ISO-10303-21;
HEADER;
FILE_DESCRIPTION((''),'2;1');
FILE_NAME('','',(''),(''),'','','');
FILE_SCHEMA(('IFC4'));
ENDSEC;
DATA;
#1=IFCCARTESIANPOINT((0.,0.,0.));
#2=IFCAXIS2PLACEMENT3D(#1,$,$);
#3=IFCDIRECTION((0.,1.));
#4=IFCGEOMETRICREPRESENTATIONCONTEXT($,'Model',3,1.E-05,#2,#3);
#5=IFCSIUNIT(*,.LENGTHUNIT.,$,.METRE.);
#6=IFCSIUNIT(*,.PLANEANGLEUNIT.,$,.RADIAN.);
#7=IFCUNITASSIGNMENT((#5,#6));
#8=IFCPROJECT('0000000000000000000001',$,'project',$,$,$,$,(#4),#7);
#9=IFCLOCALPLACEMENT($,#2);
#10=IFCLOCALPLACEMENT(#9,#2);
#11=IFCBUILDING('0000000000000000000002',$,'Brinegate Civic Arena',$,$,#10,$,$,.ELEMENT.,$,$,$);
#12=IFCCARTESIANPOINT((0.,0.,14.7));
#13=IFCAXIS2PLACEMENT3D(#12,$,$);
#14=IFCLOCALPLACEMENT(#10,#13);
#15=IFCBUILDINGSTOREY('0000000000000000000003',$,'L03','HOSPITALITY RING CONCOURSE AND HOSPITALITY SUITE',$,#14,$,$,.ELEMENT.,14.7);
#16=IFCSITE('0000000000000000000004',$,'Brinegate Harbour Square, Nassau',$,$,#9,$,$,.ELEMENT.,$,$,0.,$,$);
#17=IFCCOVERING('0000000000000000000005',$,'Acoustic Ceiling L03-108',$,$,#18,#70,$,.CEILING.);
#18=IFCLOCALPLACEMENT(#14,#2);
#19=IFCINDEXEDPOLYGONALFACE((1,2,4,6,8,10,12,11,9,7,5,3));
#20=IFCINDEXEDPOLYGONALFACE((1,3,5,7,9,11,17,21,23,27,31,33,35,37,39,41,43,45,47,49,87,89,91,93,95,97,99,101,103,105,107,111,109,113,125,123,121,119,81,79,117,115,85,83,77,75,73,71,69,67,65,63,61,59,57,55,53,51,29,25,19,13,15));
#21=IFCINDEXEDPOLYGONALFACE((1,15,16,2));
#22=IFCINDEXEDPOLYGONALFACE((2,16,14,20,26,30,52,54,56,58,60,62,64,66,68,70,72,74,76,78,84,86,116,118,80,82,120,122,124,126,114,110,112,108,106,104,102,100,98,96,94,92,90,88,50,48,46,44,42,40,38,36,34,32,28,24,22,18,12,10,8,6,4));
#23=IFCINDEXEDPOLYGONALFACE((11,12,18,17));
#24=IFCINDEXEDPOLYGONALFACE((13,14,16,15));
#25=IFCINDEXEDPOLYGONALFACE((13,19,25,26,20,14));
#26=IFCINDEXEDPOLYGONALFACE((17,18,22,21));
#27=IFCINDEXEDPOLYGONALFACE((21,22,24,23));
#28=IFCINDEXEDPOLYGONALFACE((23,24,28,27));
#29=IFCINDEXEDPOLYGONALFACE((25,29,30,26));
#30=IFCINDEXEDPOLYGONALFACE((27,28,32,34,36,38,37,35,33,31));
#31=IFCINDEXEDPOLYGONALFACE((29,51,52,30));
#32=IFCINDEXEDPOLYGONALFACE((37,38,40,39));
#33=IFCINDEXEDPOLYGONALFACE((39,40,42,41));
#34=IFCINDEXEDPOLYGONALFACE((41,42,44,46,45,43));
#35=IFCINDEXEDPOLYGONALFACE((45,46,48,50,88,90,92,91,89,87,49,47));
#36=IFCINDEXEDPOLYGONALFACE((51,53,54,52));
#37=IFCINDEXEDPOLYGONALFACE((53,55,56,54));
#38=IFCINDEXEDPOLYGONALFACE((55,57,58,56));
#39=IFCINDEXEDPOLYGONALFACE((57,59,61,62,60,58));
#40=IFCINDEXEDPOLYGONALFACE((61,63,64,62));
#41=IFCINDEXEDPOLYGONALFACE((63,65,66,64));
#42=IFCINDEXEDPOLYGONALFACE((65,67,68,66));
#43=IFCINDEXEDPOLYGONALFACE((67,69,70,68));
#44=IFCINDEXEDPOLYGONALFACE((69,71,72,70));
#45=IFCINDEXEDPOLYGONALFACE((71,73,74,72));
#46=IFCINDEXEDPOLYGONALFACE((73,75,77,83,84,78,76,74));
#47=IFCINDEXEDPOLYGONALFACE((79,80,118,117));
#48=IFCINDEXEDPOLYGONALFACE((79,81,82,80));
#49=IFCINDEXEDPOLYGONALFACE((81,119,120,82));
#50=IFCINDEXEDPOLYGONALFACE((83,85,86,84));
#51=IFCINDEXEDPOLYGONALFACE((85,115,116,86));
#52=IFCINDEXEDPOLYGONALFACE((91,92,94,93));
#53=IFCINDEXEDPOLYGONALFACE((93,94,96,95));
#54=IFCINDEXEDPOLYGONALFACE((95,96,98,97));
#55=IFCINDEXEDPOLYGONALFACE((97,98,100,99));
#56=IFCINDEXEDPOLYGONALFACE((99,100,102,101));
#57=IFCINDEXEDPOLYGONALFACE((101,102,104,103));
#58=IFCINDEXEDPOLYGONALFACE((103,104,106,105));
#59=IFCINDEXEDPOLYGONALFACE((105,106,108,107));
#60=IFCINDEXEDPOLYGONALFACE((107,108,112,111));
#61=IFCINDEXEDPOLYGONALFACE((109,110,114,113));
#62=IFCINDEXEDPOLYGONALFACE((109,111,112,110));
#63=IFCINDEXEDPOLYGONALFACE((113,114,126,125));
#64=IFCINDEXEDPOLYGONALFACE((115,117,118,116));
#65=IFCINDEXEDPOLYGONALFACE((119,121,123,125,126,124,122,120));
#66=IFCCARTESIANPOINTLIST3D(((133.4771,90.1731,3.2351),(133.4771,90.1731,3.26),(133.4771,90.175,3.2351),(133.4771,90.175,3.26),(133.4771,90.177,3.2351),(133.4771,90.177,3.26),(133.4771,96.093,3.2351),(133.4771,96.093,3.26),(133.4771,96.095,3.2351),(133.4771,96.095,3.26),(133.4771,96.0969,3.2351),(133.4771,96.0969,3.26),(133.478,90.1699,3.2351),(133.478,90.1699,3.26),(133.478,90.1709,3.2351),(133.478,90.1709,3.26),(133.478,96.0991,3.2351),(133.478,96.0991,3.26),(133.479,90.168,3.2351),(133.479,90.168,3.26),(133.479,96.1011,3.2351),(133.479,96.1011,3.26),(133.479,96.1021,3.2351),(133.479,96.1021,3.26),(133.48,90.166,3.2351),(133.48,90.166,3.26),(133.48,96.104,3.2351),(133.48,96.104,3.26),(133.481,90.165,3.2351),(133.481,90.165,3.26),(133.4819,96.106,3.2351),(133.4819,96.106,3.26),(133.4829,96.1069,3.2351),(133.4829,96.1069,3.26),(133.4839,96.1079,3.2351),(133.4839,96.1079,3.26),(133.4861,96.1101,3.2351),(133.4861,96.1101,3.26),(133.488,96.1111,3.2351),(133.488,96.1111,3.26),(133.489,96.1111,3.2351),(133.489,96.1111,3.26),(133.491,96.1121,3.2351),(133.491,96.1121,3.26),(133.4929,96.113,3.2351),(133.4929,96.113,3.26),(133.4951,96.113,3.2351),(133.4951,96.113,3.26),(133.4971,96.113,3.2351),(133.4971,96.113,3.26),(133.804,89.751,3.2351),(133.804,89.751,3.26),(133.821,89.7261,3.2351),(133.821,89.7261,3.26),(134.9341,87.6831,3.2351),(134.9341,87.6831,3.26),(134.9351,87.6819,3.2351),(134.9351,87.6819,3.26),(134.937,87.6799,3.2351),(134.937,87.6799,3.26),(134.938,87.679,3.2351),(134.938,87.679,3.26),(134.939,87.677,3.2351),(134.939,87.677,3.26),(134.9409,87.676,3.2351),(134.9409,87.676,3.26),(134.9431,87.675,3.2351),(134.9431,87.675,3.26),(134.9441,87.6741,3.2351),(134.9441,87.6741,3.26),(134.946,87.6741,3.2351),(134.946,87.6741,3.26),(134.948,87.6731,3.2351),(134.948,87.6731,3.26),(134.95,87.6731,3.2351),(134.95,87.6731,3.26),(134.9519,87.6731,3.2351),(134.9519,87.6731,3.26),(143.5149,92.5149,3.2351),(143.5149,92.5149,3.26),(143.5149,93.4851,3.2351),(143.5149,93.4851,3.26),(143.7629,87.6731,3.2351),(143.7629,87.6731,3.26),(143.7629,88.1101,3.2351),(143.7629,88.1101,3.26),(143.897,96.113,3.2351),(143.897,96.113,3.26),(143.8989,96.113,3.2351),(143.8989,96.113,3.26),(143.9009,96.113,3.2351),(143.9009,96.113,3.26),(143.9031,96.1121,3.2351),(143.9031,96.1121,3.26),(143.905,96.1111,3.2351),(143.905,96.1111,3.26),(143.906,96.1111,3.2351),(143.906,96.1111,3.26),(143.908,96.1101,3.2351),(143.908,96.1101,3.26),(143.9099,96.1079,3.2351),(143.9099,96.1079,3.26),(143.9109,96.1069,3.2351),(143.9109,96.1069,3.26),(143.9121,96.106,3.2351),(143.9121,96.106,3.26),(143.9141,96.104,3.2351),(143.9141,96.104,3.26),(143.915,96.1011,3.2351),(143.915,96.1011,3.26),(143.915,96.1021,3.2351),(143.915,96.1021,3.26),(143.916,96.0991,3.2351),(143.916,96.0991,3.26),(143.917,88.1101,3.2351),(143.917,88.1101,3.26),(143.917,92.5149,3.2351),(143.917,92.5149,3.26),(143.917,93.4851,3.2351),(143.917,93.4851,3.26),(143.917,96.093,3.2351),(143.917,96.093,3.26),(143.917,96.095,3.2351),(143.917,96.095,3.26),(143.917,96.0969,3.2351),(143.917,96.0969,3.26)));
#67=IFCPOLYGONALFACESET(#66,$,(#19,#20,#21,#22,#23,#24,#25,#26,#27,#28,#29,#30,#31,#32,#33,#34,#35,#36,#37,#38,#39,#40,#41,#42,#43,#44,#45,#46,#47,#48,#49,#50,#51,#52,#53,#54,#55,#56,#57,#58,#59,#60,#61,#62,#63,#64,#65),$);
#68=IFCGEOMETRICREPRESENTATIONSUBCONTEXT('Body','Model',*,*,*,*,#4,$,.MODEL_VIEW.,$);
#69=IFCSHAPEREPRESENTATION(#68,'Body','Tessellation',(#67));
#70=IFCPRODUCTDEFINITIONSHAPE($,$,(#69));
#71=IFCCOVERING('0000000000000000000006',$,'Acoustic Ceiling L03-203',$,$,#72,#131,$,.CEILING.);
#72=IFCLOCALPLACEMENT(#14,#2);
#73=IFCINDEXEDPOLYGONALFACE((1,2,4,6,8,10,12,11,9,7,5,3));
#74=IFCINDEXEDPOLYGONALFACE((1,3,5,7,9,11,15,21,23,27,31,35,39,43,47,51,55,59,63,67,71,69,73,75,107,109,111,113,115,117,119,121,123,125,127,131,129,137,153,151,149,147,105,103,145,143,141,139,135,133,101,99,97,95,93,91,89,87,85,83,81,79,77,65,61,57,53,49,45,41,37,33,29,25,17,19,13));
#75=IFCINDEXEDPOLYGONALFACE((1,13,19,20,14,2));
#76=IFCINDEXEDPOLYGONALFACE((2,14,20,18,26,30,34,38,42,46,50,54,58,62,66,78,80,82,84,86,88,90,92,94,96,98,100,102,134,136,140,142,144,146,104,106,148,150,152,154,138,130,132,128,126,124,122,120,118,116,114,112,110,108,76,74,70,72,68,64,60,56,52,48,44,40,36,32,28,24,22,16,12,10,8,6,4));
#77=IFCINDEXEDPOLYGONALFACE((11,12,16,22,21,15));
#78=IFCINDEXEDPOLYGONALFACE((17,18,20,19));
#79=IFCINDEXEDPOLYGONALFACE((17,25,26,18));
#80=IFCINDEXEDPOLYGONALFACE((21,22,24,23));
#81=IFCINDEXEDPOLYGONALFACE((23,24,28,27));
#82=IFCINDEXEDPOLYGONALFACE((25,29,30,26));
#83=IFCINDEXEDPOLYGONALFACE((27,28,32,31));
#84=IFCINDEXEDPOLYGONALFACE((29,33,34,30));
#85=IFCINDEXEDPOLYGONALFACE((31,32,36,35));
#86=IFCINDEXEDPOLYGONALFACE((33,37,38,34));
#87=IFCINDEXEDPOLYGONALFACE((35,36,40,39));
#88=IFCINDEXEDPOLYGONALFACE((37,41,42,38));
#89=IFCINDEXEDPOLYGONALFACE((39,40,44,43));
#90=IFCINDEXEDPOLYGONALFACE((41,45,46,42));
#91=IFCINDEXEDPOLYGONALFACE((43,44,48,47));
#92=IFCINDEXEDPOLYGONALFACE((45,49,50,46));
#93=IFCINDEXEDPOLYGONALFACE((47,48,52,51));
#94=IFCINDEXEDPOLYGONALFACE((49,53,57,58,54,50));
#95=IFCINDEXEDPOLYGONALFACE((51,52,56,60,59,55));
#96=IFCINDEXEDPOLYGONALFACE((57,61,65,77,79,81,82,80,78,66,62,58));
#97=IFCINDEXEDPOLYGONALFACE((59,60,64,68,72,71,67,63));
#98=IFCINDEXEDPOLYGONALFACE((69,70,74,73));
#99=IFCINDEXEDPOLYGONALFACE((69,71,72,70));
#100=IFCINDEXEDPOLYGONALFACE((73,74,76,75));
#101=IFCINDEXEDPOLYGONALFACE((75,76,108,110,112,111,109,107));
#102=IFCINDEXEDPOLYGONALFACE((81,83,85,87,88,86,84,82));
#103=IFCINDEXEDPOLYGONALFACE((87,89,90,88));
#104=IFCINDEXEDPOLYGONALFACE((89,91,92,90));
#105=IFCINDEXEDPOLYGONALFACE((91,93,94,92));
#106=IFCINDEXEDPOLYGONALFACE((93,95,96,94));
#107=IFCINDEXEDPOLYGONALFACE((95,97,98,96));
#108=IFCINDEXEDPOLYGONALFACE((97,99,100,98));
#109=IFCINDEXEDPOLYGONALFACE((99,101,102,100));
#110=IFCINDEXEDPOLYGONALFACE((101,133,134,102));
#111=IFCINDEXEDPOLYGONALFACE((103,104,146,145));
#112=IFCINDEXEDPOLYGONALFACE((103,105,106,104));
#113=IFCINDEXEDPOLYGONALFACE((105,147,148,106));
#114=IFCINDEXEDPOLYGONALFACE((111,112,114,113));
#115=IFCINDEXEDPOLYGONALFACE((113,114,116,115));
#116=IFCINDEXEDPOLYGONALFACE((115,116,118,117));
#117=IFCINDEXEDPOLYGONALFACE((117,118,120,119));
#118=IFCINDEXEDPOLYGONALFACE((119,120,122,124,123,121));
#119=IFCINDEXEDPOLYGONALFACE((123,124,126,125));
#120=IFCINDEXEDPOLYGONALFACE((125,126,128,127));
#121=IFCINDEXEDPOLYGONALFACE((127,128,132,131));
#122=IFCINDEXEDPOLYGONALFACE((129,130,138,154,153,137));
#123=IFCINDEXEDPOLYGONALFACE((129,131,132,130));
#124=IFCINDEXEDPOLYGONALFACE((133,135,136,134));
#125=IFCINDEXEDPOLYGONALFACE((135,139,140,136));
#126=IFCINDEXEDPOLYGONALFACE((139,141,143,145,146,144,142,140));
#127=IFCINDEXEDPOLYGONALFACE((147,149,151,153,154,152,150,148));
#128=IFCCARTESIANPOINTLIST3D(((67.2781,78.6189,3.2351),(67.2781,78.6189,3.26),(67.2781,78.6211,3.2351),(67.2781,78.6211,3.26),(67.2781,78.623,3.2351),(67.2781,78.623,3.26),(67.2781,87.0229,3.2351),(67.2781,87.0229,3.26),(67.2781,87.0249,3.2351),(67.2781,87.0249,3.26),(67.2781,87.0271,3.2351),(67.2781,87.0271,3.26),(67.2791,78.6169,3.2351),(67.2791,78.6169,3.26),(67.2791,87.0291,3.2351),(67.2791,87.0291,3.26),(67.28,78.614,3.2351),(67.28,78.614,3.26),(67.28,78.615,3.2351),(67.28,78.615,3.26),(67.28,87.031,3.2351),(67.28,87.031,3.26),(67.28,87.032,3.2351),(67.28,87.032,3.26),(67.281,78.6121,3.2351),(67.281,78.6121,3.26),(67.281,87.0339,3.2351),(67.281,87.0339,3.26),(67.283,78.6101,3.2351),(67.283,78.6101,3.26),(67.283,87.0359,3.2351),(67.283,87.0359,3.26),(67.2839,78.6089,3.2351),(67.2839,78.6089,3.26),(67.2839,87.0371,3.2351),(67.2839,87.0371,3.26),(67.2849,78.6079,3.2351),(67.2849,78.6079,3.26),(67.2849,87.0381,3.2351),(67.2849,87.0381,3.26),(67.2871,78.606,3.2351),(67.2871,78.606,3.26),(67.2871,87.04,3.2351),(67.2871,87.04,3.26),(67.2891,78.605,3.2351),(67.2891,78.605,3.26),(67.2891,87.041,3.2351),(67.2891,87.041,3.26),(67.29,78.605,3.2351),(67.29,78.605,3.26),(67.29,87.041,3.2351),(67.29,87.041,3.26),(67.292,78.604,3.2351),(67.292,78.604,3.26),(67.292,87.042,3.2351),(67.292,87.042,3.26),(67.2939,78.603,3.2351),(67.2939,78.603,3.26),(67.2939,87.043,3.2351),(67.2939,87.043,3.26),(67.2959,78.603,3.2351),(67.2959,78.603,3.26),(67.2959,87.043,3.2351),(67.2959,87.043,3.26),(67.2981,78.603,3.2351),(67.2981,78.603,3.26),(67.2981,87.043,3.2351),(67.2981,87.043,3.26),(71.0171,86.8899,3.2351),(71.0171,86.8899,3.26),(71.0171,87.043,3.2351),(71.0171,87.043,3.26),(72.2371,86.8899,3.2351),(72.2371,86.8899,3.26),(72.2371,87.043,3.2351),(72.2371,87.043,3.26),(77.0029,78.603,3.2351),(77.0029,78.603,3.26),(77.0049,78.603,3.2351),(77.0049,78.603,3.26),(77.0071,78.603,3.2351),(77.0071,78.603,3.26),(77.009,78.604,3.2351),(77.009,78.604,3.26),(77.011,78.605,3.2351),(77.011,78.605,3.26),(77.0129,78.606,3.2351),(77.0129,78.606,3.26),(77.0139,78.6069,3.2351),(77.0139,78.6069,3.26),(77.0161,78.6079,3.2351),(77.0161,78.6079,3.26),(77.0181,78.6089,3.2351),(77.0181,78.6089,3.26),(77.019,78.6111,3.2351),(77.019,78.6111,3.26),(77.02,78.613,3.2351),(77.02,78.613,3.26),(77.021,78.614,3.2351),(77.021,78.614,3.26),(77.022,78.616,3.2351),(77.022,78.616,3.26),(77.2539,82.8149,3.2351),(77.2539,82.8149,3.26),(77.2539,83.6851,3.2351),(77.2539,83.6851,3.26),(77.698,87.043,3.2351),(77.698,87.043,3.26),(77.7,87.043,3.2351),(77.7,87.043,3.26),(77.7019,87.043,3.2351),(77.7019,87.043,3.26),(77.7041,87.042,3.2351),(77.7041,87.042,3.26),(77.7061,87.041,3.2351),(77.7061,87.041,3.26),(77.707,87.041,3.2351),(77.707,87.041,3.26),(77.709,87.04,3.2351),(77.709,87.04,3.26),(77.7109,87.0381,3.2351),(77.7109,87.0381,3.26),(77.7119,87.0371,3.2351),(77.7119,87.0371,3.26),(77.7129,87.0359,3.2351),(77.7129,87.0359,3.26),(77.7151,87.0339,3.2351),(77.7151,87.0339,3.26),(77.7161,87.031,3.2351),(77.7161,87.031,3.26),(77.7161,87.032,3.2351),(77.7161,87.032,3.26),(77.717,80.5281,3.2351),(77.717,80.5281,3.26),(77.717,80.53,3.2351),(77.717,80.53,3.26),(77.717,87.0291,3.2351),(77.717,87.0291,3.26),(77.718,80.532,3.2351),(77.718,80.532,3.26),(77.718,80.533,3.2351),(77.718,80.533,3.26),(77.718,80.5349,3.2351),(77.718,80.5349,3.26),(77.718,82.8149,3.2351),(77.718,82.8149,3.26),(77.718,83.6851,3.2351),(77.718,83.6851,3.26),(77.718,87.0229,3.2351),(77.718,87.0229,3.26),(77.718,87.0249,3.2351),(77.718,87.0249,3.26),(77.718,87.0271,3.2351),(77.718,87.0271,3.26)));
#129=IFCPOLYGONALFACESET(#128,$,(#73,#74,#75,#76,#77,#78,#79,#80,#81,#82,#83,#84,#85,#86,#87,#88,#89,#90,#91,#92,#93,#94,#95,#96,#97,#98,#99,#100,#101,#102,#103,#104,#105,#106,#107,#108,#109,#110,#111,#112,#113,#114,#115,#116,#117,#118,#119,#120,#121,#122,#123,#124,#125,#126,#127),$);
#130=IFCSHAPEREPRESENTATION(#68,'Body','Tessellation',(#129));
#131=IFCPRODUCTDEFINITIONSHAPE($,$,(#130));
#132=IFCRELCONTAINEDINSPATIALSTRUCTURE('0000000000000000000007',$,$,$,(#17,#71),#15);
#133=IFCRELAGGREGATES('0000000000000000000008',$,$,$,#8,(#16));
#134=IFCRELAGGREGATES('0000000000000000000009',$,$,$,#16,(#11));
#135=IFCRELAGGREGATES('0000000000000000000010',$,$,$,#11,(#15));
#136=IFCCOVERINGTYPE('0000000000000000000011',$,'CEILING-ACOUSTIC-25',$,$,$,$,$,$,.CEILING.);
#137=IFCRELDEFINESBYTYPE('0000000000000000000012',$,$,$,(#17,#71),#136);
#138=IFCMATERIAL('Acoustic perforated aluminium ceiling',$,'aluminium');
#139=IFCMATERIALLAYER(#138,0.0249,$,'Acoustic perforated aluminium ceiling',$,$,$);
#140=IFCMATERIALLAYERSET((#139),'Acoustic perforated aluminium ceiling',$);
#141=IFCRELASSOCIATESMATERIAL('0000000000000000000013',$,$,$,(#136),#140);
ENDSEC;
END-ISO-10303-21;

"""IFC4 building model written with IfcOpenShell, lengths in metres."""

from ifc_helpers import new_model, si_unit, direction, frame, origin, place, context, subcontext, project, spatial, polyline, outline, extrude, material, layer, layer_set, type_object, element, save


model = new_model("IFC4")

# Units and contexts
model_context = context("Model", 3, precision=1e-05, world=origin(), true_north=direction((0.0, 1.0)))
body_context = subcontext(model_context, "Body", "Model", "MODEL_VIEW")
ifc_project = project(units=[si_unit("LENGTHUNIT", "METRE"), si_unit("PLANEANGLEUNIT", "RADIAN")], contexts=[model_context])

# Site, building, storey
site_placement = place(None, origin())
site = spatial("IfcSite", under=ifc_project, at=site_placement, Name="Brinegate Harbour Square, Nassau", CompositionType="ELEMENT", RefElevation=0.0)
building_placement = place(site_placement, origin())
building = spatial("IfcBuilding", under=site, at=building_placement, Name="Brinegate Civic Arena", CompositionType="ELEMENT")
storey_placement = place(building_placement, frame((0.0, 0.0, 14.7)))
storey = spatial("IfcBuildingStorey", under=building, at=storey_placement, Name="L03", Description="HOSPITALITY RING CONCOURSE AND HOSPITALITY SUITE", CompositionType="ELEMENT", Elevation=14.7)

# Coverings
ifc_material_1 = material(Name="Acoustic perforated aluminium ceiling", Category="aluminium")
ifc_layer_1 = layer(ifc_material_1, 0.0249, Name="Acoustic perforated aluminium ceiling")
ifc_layer_set_1 = layer_set([ifc_layer_1], Name="Acoustic perforated aluminium ceiling")
covering_type_1 = type_object("IfcCoveringType", Name="CEILING-ACOUSTIC-25", PredefinedType="CEILING", material=ifc_layer_set_1)
covering_1_placement = place(storey_placement, frame((0.0, 0.0, 3.2351)))
element("IfcCovering", 1, at=covering_1_placement, inside=storey, type_object=covering_type_1, Name="Acoustic Ceiling L03-108", PredefinedType="CEILING", context=body_context, shape_type="SweptSolid", body=[
    extrude(outline(polyline([(143.9009, 96.113), (143.9031, 96.1121), (143.905, 96.1111), (143.906, 96.1111), (143.908, 96.1101), (143.9099, 96.1079), (143.9109, 96.1069), (143.9121, 96.106), (143.9141, 96.104), (143.915, 96.1021), (143.915, 96.1011), (143.916, 96.0991), (143.917, 96.0969), (143.917, 96.095), (143.917, 96.093), (143.917, 93.4851), (143.5149, 93.4851), (143.5149, 92.5149), (143.917, 92.5149), (143.917, 88.1101), (143.7629, 88.1101), (143.7629, 87.6731), (134.9519, 87.6731), (134.95, 87.6731), (134.948, 87.6731), (134.946, 87.6741), (134.9441, 87.6741), (134.9431, 87.675), (134.9409, 87.676), (134.939, 87.677), (134.938, 87.679), (134.937, 87.6799), (134.9351, 87.6819), (134.9341, 87.6831), (133.821, 89.7261), (133.804, 89.751), (133.481, 90.165), (133.48, 90.166), (133.479, 90.168), (133.478, 90.1699), (133.478, 90.1709), (133.4771, 90.1731), (133.4771, 90.175), (133.4771, 90.177), (133.4771, 96.093), (133.4771, 96.095), (133.4771, 96.0969), (133.478, 96.0991), (133.479, 96.1011), (133.479, 96.1021), (133.48, 96.104), (133.4819, 96.106), (133.4829, 96.1069), (133.4839, 96.1079), (133.4861, 96.1101), (133.488, 96.1111), (133.489, 96.1111), (133.491, 96.1121), (133.4929, 96.113), (133.4951, 96.113), (133.4971, 96.113), (143.897, 96.113), (143.8989, 96.113), (143.9009, 96.113)])), origin(), (0.0, 0.0, 1.0), 0.0249),
])
covering_2_placement = place(storey_placement, frame((0.0, 0.0, 3.2351)))
element("IfcCovering", 2, at=covering_2_placement, inside=storey, type_object=covering_type_1, Name="Acoustic Ceiling L03-203", PredefinedType="CEILING", context=body_context, shape_type="SweptSolid", body=[
    extrude(outline(polyline([(67.2781, 87.0271), (67.2791, 87.0291), (67.28, 87.031), (67.28, 87.032), (67.281, 87.0339), (67.283, 87.0359), (67.2839, 87.0371), (67.2849, 87.0381), (67.2871, 87.04), (67.2891, 87.041), (67.29, 87.041), (67.292, 87.042), (67.2939, 87.043), (67.2959, 87.043), (67.2981, 87.043), (71.0171, 87.043), (71.0171, 86.8899), (72.2371, 86.8899), (72.2371, 87.043), (77.698, 87.043), (77.7, 87.043), (77.7019, 87.043), (77.7041, 87.042), (77.7061, 87.041), (77.707, 87.041), (77.709, 87.04), (77.7109, 87.0381), (77.7119, 87.0371), (77.7129, 87.0359), (77.7151, 87.0339), (77.7161, 87.032), (77.7161, 87.031), (77.717, 87.0291), (77.718, 87.0271), (77.718, 87.0249), (77.718, 87.0229), (77.718, 83.6851), (77.2539, 83.6851), (77.2539, 82.8149), (77.718, 82.8149), (77.718, 80.5349), (77.718, 80.533), (77.718, 80.532), (77.717, 80.53), (77.717, 80.5281), (77.022, 78.616), (77.021, 78.614), (77.02, 78.613), (77.019, 78.6111), (77.0181, 78.6089), (77.0161, 78.6079), (77.0139, 78.6069), (77.0129, 78.606), (77.011, 78.605), (77.009, 78.604), (77.0071, 78.603), (77.0049, 78.603), (77.0029, 78.603), (67.2981, 78.603), (67.2959, 78.603), (67.2939, 78.603), (67.292, 78.604), (67.29, 78.605), (67.2891, 78.605), (67.2871, 78.606), (67.2849, 78.6079), (67.2839, 78.6089), (67.283, 78.6101), (67.281, 78.6121), (67.28, 78.614), (67.28, 78.615), (67.2791, 78.6169), (67.2781, 78.6189), (67.2781, 78.6211), (67.2781, 78.623), (67.2781, 87.0229), (67.2781, 87.0249), (67.2781, 87.0271)])), origin(), (0.0, 0.0, 1.0), 0.0249),
])

save(model, "model.ifc")
